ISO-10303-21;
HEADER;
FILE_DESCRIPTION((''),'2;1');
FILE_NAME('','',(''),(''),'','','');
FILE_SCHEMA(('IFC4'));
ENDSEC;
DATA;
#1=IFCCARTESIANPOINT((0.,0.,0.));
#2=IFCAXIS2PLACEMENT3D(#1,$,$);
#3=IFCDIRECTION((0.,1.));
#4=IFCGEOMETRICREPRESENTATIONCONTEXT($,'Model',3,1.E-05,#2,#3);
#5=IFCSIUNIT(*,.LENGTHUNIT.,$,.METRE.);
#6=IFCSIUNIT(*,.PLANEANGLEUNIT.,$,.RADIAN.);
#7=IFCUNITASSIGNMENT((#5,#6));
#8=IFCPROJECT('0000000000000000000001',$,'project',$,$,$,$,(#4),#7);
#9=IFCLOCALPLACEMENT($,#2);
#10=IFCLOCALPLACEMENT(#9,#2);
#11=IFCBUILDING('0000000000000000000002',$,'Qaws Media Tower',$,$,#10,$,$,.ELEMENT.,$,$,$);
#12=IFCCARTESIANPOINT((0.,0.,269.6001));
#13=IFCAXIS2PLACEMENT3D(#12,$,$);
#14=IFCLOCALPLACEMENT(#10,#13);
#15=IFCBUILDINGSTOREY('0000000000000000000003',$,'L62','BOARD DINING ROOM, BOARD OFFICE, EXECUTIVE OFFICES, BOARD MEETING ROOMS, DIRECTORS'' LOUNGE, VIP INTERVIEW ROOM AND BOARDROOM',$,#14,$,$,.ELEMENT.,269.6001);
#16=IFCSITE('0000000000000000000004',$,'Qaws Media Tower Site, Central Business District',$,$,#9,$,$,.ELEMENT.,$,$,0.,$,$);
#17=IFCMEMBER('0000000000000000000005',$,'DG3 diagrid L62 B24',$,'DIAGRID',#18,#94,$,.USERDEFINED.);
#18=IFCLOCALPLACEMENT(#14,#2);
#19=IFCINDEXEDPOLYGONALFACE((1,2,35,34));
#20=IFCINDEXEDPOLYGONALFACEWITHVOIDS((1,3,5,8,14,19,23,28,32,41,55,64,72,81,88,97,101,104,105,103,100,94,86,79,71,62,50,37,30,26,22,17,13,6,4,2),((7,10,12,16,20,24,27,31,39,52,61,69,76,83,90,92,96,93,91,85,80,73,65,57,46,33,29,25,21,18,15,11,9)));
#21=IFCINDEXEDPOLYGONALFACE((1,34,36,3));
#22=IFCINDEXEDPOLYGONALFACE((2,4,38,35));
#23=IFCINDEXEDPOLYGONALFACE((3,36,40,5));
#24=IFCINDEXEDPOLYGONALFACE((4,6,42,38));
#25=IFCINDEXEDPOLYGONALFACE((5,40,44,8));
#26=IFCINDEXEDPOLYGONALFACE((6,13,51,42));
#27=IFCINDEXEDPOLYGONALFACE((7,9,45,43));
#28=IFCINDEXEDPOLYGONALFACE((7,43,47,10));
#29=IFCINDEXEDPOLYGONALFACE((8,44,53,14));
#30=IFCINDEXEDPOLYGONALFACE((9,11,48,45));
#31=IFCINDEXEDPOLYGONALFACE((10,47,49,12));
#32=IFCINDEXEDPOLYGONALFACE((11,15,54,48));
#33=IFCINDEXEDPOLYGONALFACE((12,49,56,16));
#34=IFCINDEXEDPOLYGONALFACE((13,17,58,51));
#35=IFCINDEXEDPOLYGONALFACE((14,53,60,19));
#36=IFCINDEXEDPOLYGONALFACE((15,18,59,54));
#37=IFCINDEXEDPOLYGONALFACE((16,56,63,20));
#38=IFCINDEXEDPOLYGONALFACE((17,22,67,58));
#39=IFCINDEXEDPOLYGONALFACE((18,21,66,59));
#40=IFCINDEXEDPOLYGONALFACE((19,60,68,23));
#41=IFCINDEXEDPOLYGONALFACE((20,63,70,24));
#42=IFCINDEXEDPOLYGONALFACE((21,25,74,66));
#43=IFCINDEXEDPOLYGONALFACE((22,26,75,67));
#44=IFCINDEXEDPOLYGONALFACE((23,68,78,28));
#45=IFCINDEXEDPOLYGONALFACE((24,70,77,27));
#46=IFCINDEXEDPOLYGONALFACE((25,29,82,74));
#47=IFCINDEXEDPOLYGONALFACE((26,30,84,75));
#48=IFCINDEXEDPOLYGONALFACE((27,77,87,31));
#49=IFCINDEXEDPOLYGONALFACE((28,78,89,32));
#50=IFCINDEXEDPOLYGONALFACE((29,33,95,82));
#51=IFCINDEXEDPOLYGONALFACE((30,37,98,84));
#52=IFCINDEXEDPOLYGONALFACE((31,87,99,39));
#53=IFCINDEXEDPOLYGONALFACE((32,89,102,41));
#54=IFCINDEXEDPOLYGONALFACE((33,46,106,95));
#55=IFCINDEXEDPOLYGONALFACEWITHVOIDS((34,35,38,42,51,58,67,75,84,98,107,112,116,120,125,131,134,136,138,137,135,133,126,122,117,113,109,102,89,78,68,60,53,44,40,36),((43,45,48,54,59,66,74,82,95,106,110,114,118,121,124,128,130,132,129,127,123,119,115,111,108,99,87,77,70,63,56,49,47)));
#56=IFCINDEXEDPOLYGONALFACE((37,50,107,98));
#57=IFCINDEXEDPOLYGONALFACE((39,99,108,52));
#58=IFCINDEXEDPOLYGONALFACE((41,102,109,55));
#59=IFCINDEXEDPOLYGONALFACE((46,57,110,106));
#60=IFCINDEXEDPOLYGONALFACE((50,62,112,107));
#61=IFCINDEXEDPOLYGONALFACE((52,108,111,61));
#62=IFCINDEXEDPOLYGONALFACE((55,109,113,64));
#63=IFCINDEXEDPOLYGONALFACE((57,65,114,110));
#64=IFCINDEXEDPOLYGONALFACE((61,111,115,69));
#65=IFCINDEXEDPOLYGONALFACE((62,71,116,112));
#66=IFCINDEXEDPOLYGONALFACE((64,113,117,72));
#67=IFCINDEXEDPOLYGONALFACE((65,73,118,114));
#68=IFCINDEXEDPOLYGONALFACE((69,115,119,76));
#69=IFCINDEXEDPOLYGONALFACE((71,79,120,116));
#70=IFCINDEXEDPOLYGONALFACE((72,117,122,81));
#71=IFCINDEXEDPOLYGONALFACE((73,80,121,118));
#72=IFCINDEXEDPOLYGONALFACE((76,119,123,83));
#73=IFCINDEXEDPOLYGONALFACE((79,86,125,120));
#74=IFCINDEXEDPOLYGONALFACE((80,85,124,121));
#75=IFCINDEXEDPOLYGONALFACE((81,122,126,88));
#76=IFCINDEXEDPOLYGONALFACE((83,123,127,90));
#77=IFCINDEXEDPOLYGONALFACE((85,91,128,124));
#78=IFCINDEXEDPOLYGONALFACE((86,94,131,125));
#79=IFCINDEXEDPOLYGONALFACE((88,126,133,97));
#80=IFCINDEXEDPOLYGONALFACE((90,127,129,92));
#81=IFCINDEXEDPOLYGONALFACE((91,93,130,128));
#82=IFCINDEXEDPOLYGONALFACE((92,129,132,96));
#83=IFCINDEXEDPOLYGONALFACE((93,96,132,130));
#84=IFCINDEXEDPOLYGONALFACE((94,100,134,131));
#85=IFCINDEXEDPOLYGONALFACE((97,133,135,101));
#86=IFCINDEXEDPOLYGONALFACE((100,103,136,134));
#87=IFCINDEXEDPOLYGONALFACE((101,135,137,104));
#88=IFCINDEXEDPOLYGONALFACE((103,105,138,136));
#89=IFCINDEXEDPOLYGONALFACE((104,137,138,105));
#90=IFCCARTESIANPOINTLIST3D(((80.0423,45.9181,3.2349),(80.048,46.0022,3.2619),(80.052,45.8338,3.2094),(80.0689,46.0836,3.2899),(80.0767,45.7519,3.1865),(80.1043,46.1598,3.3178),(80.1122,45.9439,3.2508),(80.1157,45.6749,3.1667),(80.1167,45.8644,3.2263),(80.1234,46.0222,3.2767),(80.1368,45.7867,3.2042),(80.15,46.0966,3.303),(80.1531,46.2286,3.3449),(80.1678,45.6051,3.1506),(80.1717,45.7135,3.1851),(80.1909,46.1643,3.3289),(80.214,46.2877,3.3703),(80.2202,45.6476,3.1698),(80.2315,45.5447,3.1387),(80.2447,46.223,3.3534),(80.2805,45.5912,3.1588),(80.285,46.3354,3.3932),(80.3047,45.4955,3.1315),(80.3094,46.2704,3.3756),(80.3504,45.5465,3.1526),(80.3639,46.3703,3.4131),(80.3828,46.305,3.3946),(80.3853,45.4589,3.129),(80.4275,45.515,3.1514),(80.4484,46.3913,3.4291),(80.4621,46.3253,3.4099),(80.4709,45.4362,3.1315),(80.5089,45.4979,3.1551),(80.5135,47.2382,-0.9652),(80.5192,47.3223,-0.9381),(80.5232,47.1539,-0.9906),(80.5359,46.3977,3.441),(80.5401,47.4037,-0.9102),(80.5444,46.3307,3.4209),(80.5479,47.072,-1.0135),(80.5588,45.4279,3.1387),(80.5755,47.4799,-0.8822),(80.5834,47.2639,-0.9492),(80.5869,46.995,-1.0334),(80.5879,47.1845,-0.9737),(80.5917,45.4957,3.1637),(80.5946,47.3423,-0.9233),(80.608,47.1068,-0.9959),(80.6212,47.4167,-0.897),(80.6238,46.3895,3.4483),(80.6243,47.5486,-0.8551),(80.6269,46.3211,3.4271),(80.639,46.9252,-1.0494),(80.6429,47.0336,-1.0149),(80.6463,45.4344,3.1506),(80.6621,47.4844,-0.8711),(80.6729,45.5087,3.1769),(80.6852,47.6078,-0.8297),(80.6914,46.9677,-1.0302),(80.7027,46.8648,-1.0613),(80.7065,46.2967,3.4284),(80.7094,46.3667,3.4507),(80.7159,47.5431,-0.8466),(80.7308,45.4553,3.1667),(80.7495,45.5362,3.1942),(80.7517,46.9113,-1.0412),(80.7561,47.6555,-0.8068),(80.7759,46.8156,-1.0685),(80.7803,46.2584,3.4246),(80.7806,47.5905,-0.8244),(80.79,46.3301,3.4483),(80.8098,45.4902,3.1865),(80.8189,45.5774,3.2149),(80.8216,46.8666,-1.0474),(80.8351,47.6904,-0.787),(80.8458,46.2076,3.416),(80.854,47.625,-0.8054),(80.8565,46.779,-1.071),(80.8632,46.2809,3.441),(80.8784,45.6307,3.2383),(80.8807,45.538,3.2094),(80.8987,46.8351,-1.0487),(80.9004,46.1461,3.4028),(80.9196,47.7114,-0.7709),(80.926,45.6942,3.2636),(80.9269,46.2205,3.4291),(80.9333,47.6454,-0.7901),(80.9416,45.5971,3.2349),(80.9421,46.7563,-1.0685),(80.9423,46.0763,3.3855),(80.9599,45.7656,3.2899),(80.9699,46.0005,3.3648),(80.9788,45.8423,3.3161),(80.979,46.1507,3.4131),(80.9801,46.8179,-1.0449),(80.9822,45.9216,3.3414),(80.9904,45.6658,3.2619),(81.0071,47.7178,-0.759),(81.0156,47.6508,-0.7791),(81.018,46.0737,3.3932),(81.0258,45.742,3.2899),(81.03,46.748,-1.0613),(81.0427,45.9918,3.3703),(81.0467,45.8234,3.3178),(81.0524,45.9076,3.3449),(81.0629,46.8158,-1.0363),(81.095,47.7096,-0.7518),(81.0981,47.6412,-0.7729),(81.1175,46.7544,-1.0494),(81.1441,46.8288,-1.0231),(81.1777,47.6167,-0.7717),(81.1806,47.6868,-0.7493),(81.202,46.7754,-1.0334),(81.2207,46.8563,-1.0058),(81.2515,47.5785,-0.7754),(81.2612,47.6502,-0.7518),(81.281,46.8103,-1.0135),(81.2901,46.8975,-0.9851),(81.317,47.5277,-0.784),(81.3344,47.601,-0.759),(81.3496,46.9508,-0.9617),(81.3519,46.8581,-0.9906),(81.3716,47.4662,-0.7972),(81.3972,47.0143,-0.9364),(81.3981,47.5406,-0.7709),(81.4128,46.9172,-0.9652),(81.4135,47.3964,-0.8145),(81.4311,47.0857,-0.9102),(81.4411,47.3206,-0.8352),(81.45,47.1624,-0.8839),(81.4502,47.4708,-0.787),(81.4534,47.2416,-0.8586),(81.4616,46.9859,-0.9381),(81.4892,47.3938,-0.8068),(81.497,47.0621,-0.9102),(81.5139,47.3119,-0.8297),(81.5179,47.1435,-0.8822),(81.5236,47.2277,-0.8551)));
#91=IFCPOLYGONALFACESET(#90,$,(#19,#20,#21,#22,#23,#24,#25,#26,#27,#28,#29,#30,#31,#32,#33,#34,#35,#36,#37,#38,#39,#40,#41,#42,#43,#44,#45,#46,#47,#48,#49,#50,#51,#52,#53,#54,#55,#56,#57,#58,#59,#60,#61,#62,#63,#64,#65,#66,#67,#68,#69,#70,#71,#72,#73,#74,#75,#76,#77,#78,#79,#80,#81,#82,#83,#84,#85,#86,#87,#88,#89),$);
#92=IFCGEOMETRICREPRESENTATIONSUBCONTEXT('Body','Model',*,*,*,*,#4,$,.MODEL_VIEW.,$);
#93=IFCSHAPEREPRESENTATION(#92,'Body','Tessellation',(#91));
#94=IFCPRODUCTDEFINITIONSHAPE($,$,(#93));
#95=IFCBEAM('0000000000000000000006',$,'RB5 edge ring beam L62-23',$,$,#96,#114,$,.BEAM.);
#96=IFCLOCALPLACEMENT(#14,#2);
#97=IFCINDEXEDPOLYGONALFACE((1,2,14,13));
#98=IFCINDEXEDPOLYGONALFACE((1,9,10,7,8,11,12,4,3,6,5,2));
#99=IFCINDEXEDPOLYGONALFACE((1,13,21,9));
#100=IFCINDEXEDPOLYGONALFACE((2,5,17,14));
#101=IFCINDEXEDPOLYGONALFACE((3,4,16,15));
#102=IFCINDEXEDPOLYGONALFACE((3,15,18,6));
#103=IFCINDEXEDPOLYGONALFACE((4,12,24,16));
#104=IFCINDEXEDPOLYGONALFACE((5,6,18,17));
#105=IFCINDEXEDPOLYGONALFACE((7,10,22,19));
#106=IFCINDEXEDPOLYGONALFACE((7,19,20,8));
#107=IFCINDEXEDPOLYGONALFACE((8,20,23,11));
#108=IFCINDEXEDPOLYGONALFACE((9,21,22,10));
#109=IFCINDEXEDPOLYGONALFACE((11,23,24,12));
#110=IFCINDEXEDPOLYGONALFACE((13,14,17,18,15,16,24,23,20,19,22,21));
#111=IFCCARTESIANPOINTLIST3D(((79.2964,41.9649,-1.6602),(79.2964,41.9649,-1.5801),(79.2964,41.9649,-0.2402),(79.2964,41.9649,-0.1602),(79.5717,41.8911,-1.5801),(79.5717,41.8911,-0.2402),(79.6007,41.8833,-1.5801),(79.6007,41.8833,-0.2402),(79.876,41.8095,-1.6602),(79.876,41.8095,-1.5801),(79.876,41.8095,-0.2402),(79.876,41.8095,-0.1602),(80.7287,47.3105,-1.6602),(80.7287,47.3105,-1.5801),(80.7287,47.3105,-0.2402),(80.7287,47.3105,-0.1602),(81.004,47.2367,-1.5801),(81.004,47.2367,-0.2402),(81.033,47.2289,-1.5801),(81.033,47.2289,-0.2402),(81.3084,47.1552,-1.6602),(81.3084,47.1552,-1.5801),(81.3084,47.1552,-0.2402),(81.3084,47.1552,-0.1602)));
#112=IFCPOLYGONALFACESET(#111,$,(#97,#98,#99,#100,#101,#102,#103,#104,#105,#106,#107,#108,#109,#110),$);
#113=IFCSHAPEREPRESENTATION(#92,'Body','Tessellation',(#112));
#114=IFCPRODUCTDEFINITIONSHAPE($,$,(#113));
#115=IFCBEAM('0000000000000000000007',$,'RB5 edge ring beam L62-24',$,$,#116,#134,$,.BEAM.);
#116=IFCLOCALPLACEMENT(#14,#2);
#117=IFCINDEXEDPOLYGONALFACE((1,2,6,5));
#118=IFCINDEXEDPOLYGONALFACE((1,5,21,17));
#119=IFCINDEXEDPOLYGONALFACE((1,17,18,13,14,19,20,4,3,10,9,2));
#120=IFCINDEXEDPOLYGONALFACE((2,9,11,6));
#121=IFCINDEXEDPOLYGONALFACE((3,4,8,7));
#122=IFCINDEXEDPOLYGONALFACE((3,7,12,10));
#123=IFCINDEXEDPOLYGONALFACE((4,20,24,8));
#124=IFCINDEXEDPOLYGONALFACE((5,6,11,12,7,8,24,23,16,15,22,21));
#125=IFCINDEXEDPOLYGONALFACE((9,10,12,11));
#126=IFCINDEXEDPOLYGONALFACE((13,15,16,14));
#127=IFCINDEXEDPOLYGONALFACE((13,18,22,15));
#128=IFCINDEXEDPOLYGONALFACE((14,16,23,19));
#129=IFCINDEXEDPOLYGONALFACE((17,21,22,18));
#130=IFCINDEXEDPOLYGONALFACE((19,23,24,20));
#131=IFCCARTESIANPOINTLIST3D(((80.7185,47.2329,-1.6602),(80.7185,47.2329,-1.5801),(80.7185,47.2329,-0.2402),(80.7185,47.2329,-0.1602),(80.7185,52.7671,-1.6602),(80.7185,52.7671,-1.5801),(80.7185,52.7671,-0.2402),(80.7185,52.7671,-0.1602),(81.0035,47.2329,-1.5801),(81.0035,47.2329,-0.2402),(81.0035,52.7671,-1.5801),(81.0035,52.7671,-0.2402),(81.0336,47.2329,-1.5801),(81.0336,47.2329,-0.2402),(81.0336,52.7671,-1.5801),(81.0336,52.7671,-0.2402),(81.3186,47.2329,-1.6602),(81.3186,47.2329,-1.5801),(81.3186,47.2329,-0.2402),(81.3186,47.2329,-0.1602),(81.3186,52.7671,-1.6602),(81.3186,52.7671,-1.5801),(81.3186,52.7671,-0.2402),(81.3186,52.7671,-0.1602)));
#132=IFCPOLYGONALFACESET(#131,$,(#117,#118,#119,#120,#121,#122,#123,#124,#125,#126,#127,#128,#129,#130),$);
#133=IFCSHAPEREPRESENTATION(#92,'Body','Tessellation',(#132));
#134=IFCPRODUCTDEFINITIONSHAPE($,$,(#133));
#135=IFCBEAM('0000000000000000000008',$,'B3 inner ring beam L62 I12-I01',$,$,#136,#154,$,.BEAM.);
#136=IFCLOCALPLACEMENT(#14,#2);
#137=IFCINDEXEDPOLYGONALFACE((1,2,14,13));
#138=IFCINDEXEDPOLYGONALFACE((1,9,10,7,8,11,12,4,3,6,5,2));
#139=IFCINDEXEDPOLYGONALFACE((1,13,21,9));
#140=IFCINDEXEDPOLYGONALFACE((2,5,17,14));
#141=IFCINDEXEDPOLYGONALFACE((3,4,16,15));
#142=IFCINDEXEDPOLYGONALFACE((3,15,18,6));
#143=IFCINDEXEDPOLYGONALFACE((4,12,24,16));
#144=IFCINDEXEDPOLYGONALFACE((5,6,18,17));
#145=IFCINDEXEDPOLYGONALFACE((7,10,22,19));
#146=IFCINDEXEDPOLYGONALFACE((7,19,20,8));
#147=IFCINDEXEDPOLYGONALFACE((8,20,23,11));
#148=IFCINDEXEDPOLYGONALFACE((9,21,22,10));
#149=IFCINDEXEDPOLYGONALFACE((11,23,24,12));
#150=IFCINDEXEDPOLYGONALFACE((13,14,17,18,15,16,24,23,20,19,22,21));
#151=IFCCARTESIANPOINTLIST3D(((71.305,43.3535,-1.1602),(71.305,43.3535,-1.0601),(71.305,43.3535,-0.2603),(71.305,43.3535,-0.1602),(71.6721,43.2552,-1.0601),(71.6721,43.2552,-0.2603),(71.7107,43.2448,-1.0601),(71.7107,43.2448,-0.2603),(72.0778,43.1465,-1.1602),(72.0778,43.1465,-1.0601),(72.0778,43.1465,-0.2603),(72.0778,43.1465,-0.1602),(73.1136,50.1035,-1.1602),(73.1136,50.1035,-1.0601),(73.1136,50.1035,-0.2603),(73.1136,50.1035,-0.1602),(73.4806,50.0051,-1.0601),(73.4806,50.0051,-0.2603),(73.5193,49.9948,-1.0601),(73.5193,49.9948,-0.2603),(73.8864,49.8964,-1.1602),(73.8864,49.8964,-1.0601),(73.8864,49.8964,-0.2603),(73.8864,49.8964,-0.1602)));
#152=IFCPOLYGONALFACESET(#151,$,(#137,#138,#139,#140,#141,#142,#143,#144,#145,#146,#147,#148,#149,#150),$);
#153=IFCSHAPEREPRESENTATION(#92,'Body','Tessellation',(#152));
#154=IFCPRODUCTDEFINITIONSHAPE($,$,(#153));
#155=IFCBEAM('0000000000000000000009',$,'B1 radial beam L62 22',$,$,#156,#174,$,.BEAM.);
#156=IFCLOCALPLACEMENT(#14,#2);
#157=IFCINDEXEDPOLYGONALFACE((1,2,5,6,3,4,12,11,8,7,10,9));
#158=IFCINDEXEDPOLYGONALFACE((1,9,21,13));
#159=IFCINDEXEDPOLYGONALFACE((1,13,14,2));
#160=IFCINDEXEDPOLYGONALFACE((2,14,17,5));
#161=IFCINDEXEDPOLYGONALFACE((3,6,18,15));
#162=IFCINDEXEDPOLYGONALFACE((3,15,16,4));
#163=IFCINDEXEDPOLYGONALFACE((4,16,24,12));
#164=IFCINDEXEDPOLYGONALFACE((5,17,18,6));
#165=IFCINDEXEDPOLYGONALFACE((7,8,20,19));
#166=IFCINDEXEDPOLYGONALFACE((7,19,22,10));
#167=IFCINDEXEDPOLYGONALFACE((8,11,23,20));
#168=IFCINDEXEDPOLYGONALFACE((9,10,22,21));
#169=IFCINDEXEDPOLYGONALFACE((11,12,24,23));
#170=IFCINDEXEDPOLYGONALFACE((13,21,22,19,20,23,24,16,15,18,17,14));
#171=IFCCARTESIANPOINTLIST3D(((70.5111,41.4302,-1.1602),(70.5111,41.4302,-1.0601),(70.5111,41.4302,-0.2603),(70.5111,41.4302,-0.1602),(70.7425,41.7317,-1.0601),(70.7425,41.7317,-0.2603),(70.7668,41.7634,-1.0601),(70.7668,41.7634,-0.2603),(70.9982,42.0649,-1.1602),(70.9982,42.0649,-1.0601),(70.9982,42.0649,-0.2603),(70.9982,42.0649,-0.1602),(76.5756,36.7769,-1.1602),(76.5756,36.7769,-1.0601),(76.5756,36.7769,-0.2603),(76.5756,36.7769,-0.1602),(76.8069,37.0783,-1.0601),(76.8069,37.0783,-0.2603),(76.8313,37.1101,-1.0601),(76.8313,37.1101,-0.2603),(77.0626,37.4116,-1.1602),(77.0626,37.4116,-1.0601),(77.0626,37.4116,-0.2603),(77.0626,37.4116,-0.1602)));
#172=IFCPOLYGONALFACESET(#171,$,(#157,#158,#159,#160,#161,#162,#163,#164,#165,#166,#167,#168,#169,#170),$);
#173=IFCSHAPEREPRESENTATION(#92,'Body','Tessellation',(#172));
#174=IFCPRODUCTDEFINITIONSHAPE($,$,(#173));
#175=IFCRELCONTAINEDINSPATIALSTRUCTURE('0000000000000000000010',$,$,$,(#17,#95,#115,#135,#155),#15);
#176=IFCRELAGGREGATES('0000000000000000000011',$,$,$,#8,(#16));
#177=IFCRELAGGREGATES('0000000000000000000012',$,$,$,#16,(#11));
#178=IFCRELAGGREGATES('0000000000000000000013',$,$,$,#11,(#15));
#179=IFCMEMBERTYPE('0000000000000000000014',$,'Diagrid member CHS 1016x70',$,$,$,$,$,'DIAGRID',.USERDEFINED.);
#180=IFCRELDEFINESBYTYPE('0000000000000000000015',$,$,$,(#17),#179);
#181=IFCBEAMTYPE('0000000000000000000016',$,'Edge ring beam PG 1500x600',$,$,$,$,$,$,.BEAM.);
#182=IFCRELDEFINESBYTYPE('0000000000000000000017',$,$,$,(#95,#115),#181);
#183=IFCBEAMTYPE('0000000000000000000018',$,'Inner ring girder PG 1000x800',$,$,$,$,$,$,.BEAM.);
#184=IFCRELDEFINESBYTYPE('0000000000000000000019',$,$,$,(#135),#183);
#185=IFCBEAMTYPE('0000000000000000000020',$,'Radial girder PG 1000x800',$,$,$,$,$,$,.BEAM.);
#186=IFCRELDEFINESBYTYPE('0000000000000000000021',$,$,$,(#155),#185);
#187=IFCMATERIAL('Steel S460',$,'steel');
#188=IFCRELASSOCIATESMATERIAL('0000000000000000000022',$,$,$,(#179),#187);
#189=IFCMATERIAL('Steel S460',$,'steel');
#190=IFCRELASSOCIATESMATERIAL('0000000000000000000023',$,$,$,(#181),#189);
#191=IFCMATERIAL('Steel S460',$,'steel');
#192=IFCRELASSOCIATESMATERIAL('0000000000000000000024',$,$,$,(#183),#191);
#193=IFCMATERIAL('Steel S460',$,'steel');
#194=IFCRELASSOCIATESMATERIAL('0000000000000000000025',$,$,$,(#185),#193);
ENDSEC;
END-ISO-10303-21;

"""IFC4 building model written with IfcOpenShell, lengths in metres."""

from ifc_helpers import new_model, si_unit, direction, frame, origin, origin_2d, place, context, subcontext, project, spatial, hollow_circle, i_section, extrude, material, material_profile, profile_set, type_object, element, save


model = new_model("IFC4")

# Units and contexts
model_context = context("Model", 3, precision=1e-05, world=origin(), true_north=direction((0.0, 1.0)))
body_context = subcontext(model_context, "Body", "Model", "MODEL_VIEW")
ifc_project = project(units=[si_unit("LENGTHUNIT", "METRE"), si_unit("PLANEANGLEUNIT", "RADIAN")], contexts=[model_context])

# Site, building, storey
site_placement = place(None, origin())
site = spatial("IfcSite", under=ifc_project, at=site_placement, Name="Qaws Media Tower Site, Central Business District", CompositionType="ELEMENT", RefElevation=0.0)
building_placement = place(site_placement, origin())
building = spatial("IfcBuilding", under=site, at=building_placement, Name="Qaws Media Tower", CompositionType="ELEMENT")
storey_placement = place(building_placement, frame((0.0, 0.0, 269.6001)))
storey = spatial("IfcBuildingStorey", under=building, at=storey_placement, Name="L62", Description="BOARD DINING ROOM, BOARD OFFICE, EXECUTIVE OFFICES, BOARD MEETING ROOMS, DIRECTORS' LOUNGE, VIP INTERVIEW ROOM AND BOARDROOM", CompositionType="ELEMENT", Elevation=269.6001)

# Member
ifc_material_1 = material(Name="Steel S460", Category="steel")
ifc_material_profile_1 = material_profile(ifc_material_1, hollow_circle(Radius=0.5081, WallThickness=0.0701, at=origin_2d()), Name="CHS 1016x70")
ifc_profile_set_1 = profile_set([ifc_material_profile_1], Name="Steel S460")
member_type_1 = type_object("IfcMemberType", Name="Diagrid member CHS 1016x70", ElementType="DIAGRID", PredefinedType="USERDEFINED", material=ifc_profile_set_1)
for number, where, z_axis, x_axis, name in (
    (1, (81.0186, 47.2329, -0.9102), (-0.10642, -0.298141, 0.948571), (0.941801, -0.336171, 0.0), "DG3 diagrid L62 B24"),
):
    element("IfcMember", number, at=place(storey_placement, frame(where, z_axis=z_axis, x_axis=x_axis)), inside=storey, type_object=member_type_1, Name=name, ObjectType="DIAGRID", PredefinedType="USERDEFINED", context=body_context, shape_type="SweptSolid", body=[
        extrude(hollow_circle(Radius=0.5081, WallThickness=0.0701, at=origin_2d()), origin(), (0.0, 0.0, 1.0), 4.4277),
    ])

# Beams
ifc_material_2 = material(Name="Steel S460", Category="steel")
ifc_material_profile_2 = material_profile(ifc_material_2, i_section(OverallWidth=0.6001, OverallDepth=1.5, WebThickness=0.03, FlangeThickness=0.0801, at=origin_2d()), Name="PG 1500x600")
ifc_profile_set_2 = profile_set([ifc_material_profile_2], Name="Steel S460")
beam_type_1 = type_object("IfcBeamType", Name="Edge ring beam PG 1500x600", PredefinedType="BEAM", material=ifc_profile_set_2)
for number, where, z_axis, x_axis, name in (
    (2, (79.5862, 41.8872, -0.9102), (0.258818, 0.965926, 0.0), (-0.965926, 0.258818, 0.0), "RB5 edge ring beam L62-23"),
    (3, (81.0186, 47.2329, -0.9102), (0.0, 1.0, 0.0), (-1.0, 0.0, 0.0), "RB5 edge ring beam L62-24"),
):
    element("IfcBeam", number, at=place(storey_placement, frame(where, z_axis=z_axis, x_axis=x_axis)), inside=storey, type_object=beam_type_1, Name=name, PredefinedType="BEAM", context=body_context, shape_type="SweptSolid", body=[
        extrude(i_section(OverallWidth=0.6001, OverallDepth=1.5, WebThickness=0.03, FlangeThickness=0.0801, at=origin_2d()), origin(), (0.0, 0.0, 1.0), 5.5342),
    ])
ifc_material_3 = material(Name="Steel S460", Category="steel")
ifc_material_profile_3 = material_profile(ifc_material_3, i_section(OverallWidth=0.8, OverallDepth=1.0, WebThickness=0.04, FlangeThickness=0.1001, at=origin_2d()), Name="PG 1000x800")
ifc_profile_set_3 = profile_set([ifc_material_profile_3], Name="Steel S460")
beam_type_2 = type_object("IfcBeamType", Name="Inner ring girder PG 1000x800", PredefinedType="BEAM", material=ifc_profile_set_3)
beam_1_placement = place(storey_placement, frame((71.6914, 43.25, -0.6602), z_axis=(0.258811, 0.965928, 0.0), x_axis=(-0.965928, 0.258811, 0.0)))
element("IfcBeam", 4, at=beam_1_placement, inside=storey, type_object=beam_type_2, Name="B3 inner ring beam L62 I12-I01", PredefinedType="BEAM", context=body_context, shape_type="SweptSolid", body=[
    extrude(i_section(OverallWidth=0.8, OverallDepth=1.0, WebThickness=0.04, FlangeThickness=0.1001, at=origin_2d()), origin(), (0.0, 0.0, 1.0), 6.988),
])
ifc_material_4 = material(Name="Steel S460", Category="steel")
ifc_material_profile_4 = material_profile(ifc_material_4, i_section(OverallWidth=0.8, OverallDepth=1.0, WebThickness=0.04, FlangeThickness=0.1001, at=origin_2d()), Name="PG 1000x800")
ifc_profile_set_4 = profile_set([ifc_material_profile_4], Name="Steel S460")
beam_type_3 = type_object("IfcBeamType", Name="Radial girder PG 1000x800", PredefinedType="BEAM", material=ifc_profile_set_4)
beam_2_placement = place(storey_placement, frame((70.7546, 41.7476, -0.6602), z_axis=(0.79336, -0.608753, 0.0), x_axis=(0.608753, 0.79336, 0.0)))
element("IfcBeam", 5, at=beam_2_placement, inside=storey, type_object=beam_type_3, Name="B1 radial beam L62 22", PredefinedType="BEAM", context=body_context, shape_type="SweptSolid", body=[
    extrude(i_section(OverallWidth=0.8, OverallDepth=1.0, WebThickness=0.04, FlangeThickness=0.1001, at=origin_2d()), origin(), (0.0, 0.0, 1.0), 7.644),
])

save(model, "model.ifc")
